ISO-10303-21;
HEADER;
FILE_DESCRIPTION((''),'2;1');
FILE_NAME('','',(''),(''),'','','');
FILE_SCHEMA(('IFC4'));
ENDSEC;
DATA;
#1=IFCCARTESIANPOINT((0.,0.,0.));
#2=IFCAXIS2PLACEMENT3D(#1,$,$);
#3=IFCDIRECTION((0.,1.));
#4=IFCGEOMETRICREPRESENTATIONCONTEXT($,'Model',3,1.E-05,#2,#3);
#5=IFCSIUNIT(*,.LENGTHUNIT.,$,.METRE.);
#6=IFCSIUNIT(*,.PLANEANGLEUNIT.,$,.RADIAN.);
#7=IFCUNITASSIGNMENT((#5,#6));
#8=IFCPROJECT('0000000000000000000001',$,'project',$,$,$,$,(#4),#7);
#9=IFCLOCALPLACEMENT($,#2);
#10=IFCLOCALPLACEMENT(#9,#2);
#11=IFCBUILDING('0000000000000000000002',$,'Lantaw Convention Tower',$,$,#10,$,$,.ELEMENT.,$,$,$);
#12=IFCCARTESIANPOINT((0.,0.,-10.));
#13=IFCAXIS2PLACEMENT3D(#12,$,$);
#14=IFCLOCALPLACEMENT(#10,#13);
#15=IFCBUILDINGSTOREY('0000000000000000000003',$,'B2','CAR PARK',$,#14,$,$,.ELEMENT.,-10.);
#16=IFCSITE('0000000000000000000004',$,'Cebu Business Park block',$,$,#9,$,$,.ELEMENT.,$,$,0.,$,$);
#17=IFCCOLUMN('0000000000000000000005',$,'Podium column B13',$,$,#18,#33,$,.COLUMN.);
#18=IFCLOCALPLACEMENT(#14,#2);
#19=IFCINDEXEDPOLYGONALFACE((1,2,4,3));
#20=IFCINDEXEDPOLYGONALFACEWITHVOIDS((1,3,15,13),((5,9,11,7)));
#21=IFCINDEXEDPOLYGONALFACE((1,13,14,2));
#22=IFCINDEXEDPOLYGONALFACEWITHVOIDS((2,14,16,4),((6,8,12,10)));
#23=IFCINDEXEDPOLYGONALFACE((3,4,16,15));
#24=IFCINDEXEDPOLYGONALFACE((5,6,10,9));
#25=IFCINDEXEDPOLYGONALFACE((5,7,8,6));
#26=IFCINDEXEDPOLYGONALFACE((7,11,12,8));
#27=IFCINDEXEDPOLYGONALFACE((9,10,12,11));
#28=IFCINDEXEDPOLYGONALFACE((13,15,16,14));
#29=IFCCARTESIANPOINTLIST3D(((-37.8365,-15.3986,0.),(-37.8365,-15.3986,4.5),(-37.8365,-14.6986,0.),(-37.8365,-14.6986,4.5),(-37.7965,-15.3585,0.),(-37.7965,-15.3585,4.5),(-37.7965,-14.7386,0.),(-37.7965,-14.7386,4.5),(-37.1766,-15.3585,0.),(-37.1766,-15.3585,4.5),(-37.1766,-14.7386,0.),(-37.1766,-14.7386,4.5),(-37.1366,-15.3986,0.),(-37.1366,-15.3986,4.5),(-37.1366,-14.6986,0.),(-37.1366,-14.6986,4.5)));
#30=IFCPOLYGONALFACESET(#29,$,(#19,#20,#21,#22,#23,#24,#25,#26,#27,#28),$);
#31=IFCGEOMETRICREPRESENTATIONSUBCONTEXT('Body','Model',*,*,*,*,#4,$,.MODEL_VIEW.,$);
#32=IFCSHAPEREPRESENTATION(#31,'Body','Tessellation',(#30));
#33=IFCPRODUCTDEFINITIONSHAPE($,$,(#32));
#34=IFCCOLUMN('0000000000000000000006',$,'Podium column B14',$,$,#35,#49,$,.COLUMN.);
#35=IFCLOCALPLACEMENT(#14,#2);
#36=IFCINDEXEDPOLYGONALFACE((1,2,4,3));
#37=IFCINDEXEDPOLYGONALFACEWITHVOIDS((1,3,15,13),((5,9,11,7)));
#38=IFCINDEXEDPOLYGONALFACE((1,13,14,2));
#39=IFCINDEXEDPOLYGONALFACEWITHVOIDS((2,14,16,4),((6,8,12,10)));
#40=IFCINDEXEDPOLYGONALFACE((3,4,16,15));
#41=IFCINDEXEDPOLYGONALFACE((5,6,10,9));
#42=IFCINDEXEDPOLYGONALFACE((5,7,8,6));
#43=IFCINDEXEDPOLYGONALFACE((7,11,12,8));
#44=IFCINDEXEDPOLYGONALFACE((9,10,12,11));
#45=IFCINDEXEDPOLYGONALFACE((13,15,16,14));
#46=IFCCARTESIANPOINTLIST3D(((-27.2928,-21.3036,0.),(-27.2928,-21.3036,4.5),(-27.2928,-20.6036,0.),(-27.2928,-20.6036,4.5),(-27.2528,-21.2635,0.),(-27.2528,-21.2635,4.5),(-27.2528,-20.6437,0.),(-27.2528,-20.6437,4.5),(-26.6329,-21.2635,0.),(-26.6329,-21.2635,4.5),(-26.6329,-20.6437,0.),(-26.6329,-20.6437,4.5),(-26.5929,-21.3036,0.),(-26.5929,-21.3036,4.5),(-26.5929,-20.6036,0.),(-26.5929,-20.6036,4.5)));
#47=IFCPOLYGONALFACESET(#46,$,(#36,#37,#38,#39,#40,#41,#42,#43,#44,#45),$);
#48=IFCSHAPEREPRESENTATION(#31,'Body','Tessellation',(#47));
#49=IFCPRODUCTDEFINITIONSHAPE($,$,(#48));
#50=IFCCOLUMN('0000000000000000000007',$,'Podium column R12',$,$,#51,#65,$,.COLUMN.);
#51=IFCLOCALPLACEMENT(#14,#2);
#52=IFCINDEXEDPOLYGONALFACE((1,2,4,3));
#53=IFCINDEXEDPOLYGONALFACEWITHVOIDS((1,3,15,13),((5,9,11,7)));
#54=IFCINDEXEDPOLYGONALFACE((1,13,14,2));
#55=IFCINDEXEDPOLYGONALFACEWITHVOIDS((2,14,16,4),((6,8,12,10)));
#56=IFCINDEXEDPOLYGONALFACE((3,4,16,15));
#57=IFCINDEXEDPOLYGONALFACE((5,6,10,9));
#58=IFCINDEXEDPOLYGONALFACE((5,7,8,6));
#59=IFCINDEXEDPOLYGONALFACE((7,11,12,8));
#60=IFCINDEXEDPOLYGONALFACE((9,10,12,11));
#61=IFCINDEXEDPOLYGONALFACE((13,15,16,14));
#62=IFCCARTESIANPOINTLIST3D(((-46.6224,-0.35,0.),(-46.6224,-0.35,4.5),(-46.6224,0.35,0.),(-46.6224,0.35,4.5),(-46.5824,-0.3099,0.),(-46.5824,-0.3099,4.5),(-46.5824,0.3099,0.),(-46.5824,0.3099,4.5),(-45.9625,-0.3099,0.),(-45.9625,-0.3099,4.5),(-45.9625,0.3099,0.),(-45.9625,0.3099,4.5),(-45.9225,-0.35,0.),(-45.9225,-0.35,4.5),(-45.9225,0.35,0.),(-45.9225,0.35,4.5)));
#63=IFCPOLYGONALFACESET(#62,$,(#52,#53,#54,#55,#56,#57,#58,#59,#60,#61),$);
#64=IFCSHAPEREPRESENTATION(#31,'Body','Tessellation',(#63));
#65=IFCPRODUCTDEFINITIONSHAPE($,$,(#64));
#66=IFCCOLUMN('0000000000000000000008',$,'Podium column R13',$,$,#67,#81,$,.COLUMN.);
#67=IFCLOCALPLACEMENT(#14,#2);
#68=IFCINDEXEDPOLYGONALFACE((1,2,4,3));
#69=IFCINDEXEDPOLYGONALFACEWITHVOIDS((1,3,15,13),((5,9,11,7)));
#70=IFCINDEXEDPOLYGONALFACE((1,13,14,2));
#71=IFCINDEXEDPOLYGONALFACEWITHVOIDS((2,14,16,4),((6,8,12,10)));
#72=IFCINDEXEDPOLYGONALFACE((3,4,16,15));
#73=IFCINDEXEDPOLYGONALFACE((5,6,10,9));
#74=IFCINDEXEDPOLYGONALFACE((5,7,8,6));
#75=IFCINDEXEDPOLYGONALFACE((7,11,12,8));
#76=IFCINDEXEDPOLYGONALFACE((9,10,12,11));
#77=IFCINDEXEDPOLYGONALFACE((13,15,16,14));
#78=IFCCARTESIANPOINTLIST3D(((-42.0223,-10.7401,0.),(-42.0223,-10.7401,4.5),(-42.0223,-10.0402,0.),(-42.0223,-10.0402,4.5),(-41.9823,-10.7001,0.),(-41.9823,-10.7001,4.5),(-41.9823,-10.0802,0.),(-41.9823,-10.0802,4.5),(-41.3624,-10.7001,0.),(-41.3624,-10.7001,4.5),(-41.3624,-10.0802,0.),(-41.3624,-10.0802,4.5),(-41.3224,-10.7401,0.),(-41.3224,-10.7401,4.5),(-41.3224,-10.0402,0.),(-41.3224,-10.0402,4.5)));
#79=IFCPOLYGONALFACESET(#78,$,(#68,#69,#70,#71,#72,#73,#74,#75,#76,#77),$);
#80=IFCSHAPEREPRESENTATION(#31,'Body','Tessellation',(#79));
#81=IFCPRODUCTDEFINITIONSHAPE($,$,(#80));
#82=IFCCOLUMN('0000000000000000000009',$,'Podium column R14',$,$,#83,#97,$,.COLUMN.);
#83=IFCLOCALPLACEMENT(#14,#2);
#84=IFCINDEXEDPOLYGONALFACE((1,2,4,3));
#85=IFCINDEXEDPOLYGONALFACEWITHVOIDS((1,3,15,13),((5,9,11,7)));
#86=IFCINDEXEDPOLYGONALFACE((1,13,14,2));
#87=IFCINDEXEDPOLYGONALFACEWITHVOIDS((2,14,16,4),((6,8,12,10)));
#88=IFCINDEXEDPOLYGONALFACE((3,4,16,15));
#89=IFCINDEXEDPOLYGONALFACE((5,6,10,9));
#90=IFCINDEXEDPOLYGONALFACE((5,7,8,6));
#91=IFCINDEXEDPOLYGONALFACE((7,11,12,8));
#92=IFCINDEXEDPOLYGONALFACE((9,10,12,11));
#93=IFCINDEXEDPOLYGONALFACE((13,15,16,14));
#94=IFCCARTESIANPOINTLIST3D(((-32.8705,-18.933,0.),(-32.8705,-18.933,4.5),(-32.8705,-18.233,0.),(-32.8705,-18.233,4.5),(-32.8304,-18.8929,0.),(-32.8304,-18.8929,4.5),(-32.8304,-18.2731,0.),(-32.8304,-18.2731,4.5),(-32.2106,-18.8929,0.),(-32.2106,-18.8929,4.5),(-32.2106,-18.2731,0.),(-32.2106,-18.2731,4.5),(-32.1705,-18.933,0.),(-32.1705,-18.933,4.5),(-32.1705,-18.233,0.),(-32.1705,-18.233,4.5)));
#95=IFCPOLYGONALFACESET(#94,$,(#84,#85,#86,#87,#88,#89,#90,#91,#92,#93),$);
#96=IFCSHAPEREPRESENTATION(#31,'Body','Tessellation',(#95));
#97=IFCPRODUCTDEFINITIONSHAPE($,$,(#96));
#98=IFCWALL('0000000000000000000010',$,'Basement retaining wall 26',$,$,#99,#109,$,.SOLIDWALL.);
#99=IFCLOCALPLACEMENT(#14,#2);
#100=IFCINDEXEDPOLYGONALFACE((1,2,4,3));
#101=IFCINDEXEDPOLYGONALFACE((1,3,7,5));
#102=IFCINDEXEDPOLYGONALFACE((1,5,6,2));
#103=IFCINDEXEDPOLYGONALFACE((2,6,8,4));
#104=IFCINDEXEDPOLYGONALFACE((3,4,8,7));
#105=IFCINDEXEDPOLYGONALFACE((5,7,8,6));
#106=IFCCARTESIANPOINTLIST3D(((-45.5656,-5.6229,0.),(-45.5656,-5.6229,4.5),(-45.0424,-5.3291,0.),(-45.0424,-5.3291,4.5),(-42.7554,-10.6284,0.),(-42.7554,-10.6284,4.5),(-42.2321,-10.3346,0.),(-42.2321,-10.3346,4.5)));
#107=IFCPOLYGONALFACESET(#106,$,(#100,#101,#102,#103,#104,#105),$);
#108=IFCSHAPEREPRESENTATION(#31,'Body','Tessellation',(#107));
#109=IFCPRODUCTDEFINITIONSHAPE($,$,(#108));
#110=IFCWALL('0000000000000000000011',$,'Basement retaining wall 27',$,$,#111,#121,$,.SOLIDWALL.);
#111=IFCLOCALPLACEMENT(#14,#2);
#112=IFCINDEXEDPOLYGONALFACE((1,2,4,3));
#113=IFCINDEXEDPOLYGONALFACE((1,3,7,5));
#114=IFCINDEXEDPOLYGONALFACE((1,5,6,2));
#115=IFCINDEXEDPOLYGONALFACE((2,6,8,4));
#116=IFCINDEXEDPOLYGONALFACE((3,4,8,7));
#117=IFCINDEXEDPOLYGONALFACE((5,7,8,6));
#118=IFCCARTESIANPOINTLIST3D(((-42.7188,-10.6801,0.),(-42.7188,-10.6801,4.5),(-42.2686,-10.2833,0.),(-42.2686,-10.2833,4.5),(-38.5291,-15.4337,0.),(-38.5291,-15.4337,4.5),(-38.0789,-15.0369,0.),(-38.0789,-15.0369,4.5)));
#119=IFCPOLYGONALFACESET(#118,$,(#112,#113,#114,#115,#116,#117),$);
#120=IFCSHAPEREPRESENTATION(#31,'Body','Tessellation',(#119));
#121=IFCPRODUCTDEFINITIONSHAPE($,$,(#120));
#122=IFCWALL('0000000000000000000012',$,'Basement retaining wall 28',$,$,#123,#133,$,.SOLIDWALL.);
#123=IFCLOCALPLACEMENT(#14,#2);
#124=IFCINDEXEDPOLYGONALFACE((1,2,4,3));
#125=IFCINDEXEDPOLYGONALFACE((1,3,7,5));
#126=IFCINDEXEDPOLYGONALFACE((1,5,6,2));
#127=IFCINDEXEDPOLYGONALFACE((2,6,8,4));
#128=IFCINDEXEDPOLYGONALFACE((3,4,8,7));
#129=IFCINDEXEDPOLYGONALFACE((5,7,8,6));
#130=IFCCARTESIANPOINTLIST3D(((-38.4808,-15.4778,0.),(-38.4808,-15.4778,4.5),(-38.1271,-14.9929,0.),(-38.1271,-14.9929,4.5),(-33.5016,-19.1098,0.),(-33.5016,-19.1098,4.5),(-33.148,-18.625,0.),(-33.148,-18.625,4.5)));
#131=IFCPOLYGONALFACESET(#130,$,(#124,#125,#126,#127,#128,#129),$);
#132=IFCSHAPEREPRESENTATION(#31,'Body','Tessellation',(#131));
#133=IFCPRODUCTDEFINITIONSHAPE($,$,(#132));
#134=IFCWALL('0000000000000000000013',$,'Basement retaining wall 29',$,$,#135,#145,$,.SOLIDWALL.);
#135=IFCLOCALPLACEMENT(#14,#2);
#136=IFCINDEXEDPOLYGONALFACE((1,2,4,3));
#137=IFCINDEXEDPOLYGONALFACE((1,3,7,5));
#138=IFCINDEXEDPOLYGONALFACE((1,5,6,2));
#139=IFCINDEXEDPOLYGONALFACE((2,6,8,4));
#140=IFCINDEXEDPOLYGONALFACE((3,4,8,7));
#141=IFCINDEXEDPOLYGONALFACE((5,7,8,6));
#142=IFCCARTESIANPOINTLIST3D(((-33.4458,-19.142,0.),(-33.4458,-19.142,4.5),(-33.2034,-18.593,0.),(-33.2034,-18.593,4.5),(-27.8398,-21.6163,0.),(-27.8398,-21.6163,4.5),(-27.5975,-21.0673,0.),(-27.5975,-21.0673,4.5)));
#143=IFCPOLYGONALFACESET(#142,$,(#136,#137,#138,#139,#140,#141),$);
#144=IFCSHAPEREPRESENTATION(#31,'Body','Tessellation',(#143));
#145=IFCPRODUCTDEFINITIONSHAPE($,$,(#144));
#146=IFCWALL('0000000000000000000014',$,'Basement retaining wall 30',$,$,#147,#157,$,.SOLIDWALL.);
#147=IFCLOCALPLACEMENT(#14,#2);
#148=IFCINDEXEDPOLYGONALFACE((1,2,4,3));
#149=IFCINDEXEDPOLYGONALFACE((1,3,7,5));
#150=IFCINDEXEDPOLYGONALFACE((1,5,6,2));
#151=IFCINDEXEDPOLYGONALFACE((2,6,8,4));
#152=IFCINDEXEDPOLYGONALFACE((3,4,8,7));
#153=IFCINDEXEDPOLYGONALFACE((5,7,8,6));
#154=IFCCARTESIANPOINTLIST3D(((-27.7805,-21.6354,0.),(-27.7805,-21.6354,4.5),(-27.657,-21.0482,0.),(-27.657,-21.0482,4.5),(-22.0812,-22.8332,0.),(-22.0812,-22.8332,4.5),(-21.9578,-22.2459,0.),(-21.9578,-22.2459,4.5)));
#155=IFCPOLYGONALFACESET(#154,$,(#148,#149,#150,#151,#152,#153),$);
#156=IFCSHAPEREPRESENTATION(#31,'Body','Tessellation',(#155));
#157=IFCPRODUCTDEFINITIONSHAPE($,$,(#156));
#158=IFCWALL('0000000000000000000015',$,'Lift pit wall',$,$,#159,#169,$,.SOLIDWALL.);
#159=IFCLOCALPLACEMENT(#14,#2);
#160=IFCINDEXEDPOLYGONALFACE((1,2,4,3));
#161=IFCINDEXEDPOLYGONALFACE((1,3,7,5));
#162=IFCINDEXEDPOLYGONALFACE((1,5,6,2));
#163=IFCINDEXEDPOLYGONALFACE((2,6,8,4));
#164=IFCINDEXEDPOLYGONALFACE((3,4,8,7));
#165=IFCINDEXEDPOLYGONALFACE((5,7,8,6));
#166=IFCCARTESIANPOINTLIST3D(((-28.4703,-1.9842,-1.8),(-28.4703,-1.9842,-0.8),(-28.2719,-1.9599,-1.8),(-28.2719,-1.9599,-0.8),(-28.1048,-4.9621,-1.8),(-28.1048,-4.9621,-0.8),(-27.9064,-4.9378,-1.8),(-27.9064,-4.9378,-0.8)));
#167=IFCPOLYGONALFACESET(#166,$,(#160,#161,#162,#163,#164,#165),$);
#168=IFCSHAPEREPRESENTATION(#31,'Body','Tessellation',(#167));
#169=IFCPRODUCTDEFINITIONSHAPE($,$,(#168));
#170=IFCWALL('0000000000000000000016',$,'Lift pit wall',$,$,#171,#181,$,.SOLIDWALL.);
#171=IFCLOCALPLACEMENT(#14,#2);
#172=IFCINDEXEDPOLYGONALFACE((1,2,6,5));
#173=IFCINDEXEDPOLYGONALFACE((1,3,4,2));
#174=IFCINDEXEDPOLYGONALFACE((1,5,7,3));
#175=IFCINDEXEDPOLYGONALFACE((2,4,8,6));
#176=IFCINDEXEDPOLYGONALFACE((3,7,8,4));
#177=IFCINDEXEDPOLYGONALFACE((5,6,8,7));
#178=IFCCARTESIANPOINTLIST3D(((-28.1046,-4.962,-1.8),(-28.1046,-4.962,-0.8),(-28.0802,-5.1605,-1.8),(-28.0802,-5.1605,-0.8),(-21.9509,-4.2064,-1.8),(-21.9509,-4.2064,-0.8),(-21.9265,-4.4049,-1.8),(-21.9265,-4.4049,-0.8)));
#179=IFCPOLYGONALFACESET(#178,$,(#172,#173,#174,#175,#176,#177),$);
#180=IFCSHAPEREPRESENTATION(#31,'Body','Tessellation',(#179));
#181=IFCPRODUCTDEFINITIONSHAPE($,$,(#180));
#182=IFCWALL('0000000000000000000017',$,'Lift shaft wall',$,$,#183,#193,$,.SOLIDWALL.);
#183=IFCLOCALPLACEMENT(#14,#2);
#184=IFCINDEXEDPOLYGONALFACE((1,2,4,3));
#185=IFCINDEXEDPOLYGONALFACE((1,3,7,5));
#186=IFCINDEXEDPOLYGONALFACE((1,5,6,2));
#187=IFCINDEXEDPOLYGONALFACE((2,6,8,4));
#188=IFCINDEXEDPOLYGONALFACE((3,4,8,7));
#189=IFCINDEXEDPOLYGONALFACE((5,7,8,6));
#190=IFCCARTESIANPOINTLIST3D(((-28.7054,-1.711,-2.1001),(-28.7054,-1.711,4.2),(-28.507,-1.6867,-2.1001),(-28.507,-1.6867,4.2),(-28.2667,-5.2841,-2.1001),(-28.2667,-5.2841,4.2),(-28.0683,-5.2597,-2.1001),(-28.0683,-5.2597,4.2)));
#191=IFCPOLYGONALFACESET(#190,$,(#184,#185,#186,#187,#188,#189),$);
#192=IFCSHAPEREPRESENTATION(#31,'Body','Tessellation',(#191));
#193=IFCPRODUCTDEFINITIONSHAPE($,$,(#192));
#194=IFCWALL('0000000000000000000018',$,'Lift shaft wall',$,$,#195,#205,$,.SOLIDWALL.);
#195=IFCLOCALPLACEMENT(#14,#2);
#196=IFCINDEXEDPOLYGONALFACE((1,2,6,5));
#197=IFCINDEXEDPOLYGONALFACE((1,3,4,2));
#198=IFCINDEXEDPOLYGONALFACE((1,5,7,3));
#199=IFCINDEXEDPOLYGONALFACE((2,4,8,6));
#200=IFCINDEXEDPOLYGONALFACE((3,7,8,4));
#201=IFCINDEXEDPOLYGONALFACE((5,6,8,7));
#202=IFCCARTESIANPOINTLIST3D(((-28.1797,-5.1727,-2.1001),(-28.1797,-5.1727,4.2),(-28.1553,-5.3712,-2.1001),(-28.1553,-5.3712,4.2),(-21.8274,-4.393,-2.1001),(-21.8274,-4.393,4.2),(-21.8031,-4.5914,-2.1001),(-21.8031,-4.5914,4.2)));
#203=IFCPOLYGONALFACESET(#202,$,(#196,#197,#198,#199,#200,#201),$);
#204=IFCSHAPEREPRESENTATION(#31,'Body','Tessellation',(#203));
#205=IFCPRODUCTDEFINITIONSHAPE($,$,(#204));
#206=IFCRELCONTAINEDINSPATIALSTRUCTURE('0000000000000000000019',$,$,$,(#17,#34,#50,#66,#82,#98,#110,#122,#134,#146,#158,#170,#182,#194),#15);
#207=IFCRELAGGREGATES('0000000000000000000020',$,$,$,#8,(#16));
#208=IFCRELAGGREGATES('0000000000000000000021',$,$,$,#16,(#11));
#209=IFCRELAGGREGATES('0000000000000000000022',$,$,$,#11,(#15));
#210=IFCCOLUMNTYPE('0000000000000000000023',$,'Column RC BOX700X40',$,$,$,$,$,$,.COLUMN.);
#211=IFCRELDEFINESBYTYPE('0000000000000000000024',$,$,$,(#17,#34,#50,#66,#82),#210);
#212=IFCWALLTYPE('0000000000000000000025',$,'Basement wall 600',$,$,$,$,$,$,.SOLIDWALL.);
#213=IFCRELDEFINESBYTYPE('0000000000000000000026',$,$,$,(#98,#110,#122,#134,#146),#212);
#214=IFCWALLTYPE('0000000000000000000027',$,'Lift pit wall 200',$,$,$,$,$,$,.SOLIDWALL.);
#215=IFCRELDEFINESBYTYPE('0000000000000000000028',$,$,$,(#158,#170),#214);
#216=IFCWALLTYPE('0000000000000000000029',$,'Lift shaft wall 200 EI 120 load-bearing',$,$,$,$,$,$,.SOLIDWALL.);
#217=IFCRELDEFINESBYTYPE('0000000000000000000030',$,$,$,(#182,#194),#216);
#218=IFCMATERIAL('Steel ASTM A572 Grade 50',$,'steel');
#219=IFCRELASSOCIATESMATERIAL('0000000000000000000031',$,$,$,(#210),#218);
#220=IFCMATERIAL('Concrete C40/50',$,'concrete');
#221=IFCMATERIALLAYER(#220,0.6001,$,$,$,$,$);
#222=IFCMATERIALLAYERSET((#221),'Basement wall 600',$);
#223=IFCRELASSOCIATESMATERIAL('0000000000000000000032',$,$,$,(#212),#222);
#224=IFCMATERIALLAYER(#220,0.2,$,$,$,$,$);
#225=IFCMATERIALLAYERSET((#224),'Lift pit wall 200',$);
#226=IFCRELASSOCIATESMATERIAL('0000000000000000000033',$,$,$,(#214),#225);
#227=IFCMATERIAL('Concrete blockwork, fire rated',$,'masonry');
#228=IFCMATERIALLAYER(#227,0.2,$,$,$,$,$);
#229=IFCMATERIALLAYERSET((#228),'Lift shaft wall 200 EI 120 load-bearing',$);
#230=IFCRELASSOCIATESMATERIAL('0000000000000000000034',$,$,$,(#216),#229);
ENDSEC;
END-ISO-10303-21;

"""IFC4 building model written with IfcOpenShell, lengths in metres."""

from ifc_helpers import new_model, si_unit, direction, frame, frame_2d, origin, origin_2d, place, context, subcontext, project, spatial, rectangle, hollow_rectangle, extrude, material, layer, layer_set, material_profile, profile_set, type_object, element, save


model = new_model("IFC4")

# Units and contexts
model_context = context("Model", 3, precision=1e-05, world=origin(), true_north=direction((0.0, 1.0)))
body_context = subcontext(model_context, "Body", "Model", "MODEL_VIEW")
ifc_project = project(units=[si_unit("LENGTHUNIT", "METRE"), si_unit("PLANEANGLEUNIT", "RADIAN")], contexts=[model_context])

# Site, building, storey
site_placement = place(None, origin())
site = spatial("IfcSite", under=ifc_project, at=site_placement, Name="Cebu Business Park block", CompositionType="ELEMENT", RefElevation=0.0)
building_placement = place(site_placement, origin())
building = spatial("IfcBuilding", under=site, at=building_placement, Name="Lantaw Convention Tower", CompositionType="ELEMENT")
storey_placement = place(building_placement, frame((0.0, 0.0, -10.0)))
storey = spatial("IfcBuildingStorey", under=building, at=storey_placement, Name="B2", Description="CAR PARK", CompositionType="ELEMENT", Elevation=-10.0)

# Columns
ifc_material_1 = material(Name="Steel ASTM A572 Grade 50", Category="steel")
ifc_material_profile_1 = material_profile(ifc_material_1, hollow_rectangle(XDim=0.7, YDim=0.7, WallThickness=0.04, at=origin_2d()), Name="BOX700X40")
ifc_profile_set_1 = profile_set([ifc_material_profile_1], Name="Steel ASTM A572 Grade 50")
column_type_1 = type_object("IfcColumnType", Name="Column RC BOX700X40", PredefinedType="COLUMN", material=ifc_profile_set_1)
for number, where, z_axis, x_axis, name in (
    (1, (-37.4866, -15.0486, 0.0), (0.0, 0.0, 1.0), (1.0, 0.0, 0.0), "Podium column B13"),
    (2, (-26.9429, -20.9536, 0.0), (0.0, 0.0, 1.0), (1.0, 0.0, 0.0), "Podium column B14"),
    (3, (-46.2725, 0.0, 0.0), (0.0, 0.0, 1.0), (1.0, 0.0, 0.0), "Podium column R12"),
    (4, (-41.6724, -10.3901, 0.0), (0.0, 0.0, 1.0), (1.0, 0.0, 0.0), "Podium column R13"),
    (5, (-32.5205, -18.583, 0.0), (0.0, 0.0, 1.0), (1.0, 0.0, 0.0), "Podium column R14"),
):
    element("IfcColumn", number, at=place(storey_placement, frame(where, z_axis=z_axis, x_axis=x_axis)), inside=storey, type_object=column_type_1, Name=name, PredefinedType="COLUMN", context=body_context, shape_type="SweptSolid", body=[
        extrude(hollow_rectangle(XDim=0.7, YDim=0.7, WallThickness=0.04, at=origin_2d()), origin(), (0.0, 0.0, 1.0), 4.5),
    ])

# Walls
ifc_material_2 = material(Name="Concrete C40/50", Category="concrete")
ifc_layer_1 = layer(ifc_material_2, 0.6001)
ifc_layer_set_1 = layer_set([ifc_layer_1], Name="Basement wall 600")
wall_type_1 = type_object("IfcWallType", Name="Basement wall 600", PredefinedType="SOLIDWALL", material=ifc_layer_set_1)
wall_1_placement = place(storey_placement, frame((-45.304, -5.4761, 0.0), z_axis=(0.0, 0.0, 1.0), x_axis=(0.489552, -0.871974, 0.0)))
element("IfcWall", 6, at=wall_1_placement, inside=storey, type_object=wall_type_1, Name="Basement retaining wall 26", PredefinedType="SOLIDWALL", context=body_context, shape_type="SweptSolid", body=[
    extrude(rectangle(XDim=5.7405, YDim=0.6001, at=frame_2d((2.8701, 0.0))), origin(), (0.0, 0.0, 1.0), 4.5),
])
wall_2_placement = place(storey_placement, frame((-42.4937, -10.4817, 0.0), z_axis=(0.0, 0.0, 1.0), x_axis=(0.661204, -0.750207, 0.0)))
element("IfcWall", 7, at=wall_2_placement, inside=storey, type_object=wall_type_1, Name="Basement retaining wall 27", PredefinedType="SOLIDWALL", context=body_context, shape_type="SweptSolid", body=[
    extrude(rectangle(XDim=6.3364, YDim=0.6001, at=frame_2d((3.1682, 0.0))), origin(), (0.0, 0.0, 1.0), 4.5),
])
wall_3_placement = place(storey_placement, frame((-38.304, -15.2354, 0.0), z_axis=(0.0, 0.0, 1.0), x_axis=(0.807901, -0.589318, 0.0)))
element("IfcWall", 8, at=wall_3_placement, inside=storey, type_object=wall_type_1, Name="Basement retaining wall 28", PredefinedType="SOLIDWALL", context=body_context, shape_type="SweptSolid", body=[
    extrude(rectangle(XDim=6.1631, YDim=0.6001, at=frame_2d((3.0815, 0.0))), origin(), (0.0, 0.0, 1.0), 4.5),
])
wall_4_placement = place(storey_placement, frame((-33.3247, -18.8674, 0.0), z_axis=(0.0, 0.0, 1.0), x_axis=(0.914849, -0.403797, 0.0)))
element("IfcWall", 9, at=wall_4_placement, inside=storey, type_object=wall_type_1, Name="Basement retaining wall 29", PredefinedType="SOLIDWALL", context=body_context, shape_type="SweptSolid", body=[
    extrude(rectangle(XDim=6.1277, YDim=0.6001, at=frame_2d((3.064, 0.0))), origin(), (0.0, 0.0, 1.0), 4.5),
])
wall_5_placement = place(storey_placement, frame((-27.7188, -21.3418, 0.0), z_axis=(0.0, 0.0, 1.0), x_axis=(0.978622, -0.205668, 0.0)))
element("IfcWall", 10, at=wall_5_placement, inside=storey, type_object=wall_type_1, Name="Basement retaining wall 30", PredefinedType="SOLIDWALL", context=body_context, shape_type="SweptSolid", body=[
    extrude(rectangle(XDim=5.8237, YDim=0.6001, at=frame_2d((2.9119, 0.0))), origin(), (0.0, 0.0, 1.0), 4.5),
])
ifc_layer_2 = layer(ifc_material_2, 0.2)
ifc_layer_set_2 = layer_set([ifc_layer_2], Name="Lift pit wall 200")
wall_type_2 = type_object("IfcWallType", Name="Lift pit wall 200", PredefinedType="SOLIDWALL", material=ifc_layer_set_2)
wall_6_placement = place(storey_placement, frame((-28.3711, -1.9722, -1.8), z_axis=(0.0, 0.0, 1.0), x_axis=(0.121821, -0.992552, 0.0)))
element("IfcWall", 11, at=wall_6_placement, inside=storey, type_object=wall_type_2, Name="Lift pit wall", PredefinedType="SOLIDWALL", context=body_context, shape_type="SweptSolid", body=[
    extrude(rectangle(XDim=3.0002, YDim=0.2, at=frame_2d((1.5, 0.0))), origin(), (0.0, 0.0, 1.0), 1.0),
])
wall_7_placement = place(storey_placement, frame((-28.0925, -5.0613, -1.8), z_axis=(0.0, 0.0, 1.0), x_axis=(0.992546, 0.121873, 0.0)))
element("IfcWall", 12, at=wall_7_placement, inside=storey, type_object=wall_type_2, Name="Lift pit wall", PredefinedType="SOLIDWALL", context=body_context, shape_type="SweptSolid", body=[
    extrude(rectangle(XDim=6.2, YDim=0.2, at=frame_2d((3.1001, 0.0))), origin(), (0.0, 0.0, 1.0), 1.0),
])
ifc_material_3 = material(Name="Concrete blockwork, fire rated", Category="masonry")
ifc_layer_3 = layer(ifc_material_3, 0.2)
ifc_layer_set_3 = layer_set([ifc_layer_3], Name="Lift shaft wall 200 EI 120 load-bearing")
wall_type_3 = type_object("IfcWallType", Name="Lift shaft wall 200 EI 120 load-bearing", PredefinedType="SOLIDWALL", material=ifc_layer_set_3)
wall_8_placement = place(storey_placement, frame((-28.6062, -1.699, -2.1001), z_axis=(0.0, 0.0, 1.0), x_axis=(0.121873, -0.992546, 0.0)))
element("IfcWall", 13, at=wall_8_placement, inside=storey, type_object=wall_type_3, Name="Lift shaft wall", PredefinedType="SOLIDWALL", context=body_context, shape_type="SweptSolid", body=[
    extrude(rectangle(XDim=3.5999, YDim=0.2, at=frame_2d((1.7998, 0.0))), origin(), (0.0, 0.0, 1.0), 6.3),
])
wall_9_placement = place(storey_placement, frame((-28.1675, -5.272, -2.1001), z_axis=(0.0, 0.0, 1.0), x_axis=(0.99255, 0.121842, 0.0)))
element("IfcWall", 14, at=wall_9_placement, inside=storey, type_object=wall_type_3, Name="Lift shaft wall", PredefinedType="SOLIDWALL", context=body_context, shape_type="SweptSolid", body=[
    extrude(rectangle(XDim=6.3999, YDim=0.2, at=frame_2d((3.2, 0.0))), origin(), (0.0, 0.0, 1.0), 6.3),
])

save(model, "model.ifc")
